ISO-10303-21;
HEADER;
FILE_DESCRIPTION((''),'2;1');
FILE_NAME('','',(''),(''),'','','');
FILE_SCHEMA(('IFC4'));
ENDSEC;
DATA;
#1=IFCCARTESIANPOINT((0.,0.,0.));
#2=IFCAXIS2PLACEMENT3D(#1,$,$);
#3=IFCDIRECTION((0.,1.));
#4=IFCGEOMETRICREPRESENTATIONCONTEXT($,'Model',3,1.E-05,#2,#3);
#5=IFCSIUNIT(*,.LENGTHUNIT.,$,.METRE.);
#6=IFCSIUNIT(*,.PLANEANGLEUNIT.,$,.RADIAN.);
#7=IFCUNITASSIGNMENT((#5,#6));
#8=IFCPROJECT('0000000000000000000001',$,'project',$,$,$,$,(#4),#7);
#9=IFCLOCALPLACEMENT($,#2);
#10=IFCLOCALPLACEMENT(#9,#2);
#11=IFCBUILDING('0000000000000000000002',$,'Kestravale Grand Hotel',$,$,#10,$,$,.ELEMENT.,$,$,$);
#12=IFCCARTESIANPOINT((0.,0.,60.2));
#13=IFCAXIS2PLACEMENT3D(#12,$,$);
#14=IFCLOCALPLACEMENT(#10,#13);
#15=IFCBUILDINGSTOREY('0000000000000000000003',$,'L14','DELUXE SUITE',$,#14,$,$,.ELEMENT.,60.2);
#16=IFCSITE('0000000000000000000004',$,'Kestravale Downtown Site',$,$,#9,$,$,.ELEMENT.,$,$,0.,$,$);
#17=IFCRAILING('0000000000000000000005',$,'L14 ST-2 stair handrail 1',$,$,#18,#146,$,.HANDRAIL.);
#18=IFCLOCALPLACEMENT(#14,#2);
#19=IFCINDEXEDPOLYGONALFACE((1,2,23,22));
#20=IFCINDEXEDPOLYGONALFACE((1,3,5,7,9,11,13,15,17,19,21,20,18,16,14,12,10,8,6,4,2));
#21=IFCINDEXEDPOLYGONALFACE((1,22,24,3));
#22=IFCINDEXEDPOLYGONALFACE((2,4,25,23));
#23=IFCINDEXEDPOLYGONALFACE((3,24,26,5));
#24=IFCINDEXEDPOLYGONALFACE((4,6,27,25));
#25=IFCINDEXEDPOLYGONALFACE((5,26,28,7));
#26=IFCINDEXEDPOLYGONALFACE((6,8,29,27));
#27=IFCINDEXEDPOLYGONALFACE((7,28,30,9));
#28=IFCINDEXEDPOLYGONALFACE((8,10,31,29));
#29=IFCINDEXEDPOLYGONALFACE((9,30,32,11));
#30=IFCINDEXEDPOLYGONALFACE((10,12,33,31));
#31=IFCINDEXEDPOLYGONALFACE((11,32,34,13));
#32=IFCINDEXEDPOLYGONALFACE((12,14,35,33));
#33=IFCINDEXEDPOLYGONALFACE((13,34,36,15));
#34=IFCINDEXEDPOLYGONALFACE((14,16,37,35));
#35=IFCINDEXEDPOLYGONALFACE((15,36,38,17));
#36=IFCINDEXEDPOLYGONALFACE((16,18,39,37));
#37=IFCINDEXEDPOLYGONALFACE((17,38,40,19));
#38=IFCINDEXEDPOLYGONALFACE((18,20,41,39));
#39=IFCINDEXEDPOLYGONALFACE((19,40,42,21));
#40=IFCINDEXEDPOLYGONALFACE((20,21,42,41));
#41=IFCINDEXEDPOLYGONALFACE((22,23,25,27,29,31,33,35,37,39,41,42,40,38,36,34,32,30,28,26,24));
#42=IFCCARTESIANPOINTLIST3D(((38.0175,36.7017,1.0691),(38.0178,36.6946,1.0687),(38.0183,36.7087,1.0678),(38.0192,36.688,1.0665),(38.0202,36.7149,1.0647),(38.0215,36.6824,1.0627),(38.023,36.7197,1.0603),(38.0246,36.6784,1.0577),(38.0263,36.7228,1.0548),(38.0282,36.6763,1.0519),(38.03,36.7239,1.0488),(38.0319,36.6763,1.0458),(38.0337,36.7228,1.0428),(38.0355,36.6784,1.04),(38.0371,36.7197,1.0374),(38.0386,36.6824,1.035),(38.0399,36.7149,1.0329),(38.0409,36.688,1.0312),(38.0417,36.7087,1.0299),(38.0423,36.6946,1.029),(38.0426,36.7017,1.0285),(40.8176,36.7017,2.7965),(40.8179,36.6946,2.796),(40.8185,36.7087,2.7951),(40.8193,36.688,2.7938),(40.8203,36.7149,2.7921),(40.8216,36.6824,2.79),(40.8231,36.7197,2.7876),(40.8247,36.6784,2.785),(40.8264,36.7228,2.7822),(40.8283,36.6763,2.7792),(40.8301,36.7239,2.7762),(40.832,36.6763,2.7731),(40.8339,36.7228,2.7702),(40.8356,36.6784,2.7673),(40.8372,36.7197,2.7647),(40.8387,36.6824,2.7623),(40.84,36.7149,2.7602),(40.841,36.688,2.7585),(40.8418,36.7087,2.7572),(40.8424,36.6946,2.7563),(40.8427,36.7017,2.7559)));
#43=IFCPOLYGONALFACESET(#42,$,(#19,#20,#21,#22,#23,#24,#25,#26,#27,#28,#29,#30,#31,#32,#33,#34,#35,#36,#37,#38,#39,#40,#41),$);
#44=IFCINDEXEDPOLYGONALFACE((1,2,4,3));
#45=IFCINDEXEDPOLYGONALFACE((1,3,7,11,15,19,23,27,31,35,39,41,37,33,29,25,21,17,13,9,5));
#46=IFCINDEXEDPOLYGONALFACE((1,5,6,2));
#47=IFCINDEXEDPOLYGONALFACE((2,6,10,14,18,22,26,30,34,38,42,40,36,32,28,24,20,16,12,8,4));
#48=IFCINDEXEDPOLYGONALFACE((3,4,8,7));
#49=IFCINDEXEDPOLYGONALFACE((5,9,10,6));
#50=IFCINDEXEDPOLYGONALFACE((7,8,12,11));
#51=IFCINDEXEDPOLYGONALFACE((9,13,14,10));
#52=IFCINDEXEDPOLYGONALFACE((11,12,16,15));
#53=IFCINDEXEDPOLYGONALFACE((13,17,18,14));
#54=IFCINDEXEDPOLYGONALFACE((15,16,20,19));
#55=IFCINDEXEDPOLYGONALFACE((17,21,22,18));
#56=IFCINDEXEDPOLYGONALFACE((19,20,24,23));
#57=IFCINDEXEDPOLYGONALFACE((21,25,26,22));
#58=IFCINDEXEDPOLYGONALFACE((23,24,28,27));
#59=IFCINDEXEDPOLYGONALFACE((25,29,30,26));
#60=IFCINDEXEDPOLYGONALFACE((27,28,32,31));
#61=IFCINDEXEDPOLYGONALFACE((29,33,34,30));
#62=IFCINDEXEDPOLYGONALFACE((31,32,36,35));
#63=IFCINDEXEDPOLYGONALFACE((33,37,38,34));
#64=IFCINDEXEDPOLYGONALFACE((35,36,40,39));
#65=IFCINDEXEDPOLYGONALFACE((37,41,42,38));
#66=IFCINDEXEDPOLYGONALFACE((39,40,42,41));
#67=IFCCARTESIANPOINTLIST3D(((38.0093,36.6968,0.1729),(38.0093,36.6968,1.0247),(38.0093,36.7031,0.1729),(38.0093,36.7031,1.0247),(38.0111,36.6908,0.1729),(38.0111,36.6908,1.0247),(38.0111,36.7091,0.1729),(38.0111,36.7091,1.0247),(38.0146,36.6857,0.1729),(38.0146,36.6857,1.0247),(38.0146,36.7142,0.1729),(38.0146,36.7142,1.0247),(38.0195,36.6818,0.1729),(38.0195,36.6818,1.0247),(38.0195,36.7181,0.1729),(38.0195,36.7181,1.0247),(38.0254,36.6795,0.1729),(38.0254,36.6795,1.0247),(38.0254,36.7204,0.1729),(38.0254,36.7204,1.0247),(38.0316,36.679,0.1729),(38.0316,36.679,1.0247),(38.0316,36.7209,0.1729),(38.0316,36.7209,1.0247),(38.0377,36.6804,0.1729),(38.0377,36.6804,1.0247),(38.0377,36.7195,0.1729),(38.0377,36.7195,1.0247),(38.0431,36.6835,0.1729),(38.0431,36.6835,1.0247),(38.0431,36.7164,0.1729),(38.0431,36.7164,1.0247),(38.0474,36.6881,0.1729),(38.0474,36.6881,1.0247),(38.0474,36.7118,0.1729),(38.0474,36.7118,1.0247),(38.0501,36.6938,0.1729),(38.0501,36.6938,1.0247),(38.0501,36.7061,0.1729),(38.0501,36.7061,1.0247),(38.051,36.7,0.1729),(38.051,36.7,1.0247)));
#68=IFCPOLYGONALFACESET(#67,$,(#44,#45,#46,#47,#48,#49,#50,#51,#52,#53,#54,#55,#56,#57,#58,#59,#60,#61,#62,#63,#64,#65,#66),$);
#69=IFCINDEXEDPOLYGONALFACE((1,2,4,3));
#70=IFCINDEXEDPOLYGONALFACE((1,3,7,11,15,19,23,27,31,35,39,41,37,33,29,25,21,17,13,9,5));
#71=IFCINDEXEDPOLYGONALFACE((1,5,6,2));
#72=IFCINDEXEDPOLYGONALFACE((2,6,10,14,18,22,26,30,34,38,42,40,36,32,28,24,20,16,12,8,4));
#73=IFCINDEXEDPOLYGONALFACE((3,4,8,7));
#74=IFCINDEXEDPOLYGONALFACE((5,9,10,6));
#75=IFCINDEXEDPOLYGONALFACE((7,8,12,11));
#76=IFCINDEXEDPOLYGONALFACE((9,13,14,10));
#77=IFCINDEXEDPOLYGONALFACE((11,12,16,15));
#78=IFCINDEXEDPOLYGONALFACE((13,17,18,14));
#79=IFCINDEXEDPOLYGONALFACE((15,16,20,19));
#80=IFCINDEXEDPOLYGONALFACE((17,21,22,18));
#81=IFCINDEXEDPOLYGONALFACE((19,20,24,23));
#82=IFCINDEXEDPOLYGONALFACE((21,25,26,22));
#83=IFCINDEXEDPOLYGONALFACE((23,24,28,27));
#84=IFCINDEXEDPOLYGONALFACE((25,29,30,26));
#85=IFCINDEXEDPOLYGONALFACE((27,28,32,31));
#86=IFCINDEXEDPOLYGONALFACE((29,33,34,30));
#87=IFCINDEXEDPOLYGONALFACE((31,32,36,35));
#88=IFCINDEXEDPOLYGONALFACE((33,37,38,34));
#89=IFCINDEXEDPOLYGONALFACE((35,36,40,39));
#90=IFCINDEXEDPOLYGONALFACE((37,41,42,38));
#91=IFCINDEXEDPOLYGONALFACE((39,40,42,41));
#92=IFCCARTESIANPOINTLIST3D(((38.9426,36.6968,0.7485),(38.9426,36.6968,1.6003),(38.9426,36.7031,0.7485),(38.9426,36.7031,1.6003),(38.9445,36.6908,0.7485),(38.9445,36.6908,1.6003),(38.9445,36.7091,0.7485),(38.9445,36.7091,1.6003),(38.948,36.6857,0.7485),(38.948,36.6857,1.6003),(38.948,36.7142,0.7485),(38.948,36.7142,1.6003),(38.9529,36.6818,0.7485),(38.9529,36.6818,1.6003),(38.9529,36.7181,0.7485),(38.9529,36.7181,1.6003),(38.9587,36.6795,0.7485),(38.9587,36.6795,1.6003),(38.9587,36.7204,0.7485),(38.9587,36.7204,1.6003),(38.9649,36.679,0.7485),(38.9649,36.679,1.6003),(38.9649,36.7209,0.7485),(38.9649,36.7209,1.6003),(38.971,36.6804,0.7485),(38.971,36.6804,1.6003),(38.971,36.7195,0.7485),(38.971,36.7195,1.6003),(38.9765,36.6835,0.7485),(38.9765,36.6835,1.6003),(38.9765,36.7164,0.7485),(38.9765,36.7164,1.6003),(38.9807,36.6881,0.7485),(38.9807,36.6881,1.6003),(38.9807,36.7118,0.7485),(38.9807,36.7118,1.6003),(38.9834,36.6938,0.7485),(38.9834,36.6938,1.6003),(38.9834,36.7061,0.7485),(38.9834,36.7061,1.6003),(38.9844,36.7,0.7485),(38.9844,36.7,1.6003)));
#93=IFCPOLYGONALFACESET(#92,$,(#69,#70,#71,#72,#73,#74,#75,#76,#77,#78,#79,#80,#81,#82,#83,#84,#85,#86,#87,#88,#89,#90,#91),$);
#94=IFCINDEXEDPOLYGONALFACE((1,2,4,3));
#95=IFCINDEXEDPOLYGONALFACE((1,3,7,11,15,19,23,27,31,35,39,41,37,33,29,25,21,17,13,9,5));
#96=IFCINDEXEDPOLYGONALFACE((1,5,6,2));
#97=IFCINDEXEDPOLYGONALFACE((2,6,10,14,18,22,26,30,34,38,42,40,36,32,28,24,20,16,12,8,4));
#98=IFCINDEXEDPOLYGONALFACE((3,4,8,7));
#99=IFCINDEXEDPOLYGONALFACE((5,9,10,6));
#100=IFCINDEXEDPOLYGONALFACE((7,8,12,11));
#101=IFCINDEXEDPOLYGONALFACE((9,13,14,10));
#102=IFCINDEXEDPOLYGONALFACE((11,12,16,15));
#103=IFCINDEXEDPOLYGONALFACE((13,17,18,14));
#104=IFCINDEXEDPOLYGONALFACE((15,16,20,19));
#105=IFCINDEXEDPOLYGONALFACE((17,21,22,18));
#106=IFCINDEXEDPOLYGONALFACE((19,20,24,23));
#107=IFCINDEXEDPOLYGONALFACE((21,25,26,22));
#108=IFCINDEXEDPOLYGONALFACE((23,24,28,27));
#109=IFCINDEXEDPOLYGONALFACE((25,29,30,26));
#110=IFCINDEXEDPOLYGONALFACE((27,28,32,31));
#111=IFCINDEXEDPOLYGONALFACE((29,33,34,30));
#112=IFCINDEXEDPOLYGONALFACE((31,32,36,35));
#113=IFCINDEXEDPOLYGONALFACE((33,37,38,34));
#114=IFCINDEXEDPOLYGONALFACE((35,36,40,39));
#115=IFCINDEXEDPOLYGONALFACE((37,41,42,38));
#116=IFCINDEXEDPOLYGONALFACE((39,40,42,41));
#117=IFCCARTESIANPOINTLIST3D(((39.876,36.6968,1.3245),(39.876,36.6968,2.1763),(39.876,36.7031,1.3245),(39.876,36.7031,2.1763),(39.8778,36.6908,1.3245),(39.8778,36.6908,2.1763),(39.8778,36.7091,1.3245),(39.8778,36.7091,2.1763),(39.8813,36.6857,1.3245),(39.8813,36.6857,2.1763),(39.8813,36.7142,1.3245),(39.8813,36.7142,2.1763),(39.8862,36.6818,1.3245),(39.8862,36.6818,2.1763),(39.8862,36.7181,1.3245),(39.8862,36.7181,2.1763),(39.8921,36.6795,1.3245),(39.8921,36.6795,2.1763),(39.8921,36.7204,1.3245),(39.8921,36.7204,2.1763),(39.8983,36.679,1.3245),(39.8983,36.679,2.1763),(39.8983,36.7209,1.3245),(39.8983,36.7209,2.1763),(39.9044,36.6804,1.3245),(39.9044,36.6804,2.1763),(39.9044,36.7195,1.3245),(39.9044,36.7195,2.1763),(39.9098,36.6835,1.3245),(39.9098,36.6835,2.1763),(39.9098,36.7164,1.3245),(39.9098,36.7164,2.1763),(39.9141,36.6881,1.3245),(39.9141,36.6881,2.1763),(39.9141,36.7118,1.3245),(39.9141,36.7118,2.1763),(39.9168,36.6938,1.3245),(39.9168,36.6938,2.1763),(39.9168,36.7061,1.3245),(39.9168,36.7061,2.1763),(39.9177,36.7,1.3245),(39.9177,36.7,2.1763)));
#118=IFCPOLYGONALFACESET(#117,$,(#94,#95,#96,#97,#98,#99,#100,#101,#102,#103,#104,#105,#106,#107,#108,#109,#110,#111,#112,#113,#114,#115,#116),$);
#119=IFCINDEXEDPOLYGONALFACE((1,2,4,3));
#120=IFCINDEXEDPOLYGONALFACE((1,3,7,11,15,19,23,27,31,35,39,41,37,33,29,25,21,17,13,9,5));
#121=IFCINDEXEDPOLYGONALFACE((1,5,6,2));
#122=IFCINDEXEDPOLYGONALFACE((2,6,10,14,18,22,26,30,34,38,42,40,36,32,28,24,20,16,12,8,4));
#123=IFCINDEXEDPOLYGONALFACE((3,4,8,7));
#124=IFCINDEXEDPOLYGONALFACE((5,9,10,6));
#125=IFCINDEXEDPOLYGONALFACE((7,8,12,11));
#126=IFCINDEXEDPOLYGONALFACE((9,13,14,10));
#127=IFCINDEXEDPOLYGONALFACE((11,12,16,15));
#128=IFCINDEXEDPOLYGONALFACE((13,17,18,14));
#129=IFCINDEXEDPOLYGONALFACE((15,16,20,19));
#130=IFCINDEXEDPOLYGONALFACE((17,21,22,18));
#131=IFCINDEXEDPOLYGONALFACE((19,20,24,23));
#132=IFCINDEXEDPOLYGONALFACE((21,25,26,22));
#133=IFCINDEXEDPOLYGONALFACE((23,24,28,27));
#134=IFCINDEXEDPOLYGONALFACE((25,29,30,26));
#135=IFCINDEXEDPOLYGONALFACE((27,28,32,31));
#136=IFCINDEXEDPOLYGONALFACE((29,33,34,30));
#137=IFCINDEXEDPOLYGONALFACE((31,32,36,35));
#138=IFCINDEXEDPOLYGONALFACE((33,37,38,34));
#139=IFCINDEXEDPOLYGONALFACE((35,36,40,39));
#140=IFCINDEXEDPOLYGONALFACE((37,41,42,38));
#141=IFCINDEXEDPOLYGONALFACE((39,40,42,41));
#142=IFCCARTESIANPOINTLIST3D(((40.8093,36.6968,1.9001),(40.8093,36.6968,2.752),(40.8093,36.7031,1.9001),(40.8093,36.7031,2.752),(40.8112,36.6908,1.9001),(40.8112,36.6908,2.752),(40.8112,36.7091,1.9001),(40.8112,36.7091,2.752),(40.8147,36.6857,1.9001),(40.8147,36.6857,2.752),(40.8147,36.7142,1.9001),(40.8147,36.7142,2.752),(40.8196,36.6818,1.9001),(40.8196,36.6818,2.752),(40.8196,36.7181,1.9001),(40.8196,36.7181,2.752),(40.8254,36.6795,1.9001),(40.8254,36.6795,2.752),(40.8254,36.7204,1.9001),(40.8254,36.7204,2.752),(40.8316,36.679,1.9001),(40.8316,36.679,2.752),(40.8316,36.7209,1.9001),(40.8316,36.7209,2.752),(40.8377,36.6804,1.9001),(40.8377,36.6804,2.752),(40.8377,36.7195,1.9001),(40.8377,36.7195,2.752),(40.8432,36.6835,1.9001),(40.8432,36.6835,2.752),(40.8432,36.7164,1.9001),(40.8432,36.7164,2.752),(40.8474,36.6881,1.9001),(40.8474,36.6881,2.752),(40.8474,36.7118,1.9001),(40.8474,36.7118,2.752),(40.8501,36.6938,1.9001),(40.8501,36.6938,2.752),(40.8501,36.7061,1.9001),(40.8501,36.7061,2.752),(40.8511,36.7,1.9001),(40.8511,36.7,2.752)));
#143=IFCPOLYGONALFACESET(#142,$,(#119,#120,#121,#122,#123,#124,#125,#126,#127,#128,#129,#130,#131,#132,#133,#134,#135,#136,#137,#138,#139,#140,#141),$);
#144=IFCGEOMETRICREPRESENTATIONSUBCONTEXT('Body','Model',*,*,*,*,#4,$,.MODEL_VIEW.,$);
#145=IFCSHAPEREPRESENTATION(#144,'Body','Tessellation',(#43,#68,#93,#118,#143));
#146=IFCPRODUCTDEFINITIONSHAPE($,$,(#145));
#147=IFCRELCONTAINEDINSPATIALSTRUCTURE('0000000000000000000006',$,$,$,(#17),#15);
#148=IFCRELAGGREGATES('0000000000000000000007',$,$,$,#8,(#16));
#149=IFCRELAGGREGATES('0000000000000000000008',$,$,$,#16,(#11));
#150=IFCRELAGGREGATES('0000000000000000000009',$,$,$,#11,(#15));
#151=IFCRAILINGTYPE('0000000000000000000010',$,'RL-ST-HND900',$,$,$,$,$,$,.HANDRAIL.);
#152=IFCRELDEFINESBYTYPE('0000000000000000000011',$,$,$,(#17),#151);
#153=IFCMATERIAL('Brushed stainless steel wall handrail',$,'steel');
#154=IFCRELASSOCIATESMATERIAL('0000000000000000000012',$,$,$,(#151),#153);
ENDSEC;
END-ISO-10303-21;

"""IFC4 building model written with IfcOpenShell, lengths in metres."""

from ifc_helpers import new_model, si_unit, direction, frame, origin, origin_2d, place, context, subcontext, project, spatial, circle, extrude, material, type_object, element, save


model = new_model("IFC4")

# Units and contexts
model_context = context("Model", 3, precision=1e-05, world=origin(), true_north=direction((0.0, 1.0)))
body_context = subcontext(model_context, "Body", "Model", "MODEL_VIEW")
ifc_project = project(units=[si_unit("LENGTHUNIT", "METRE"), si_unit("PLANEANGLEUNIT", "RADIAN")], contexts=[model_context])

# Site, building, storey
site_placement = place(None, origin())
site = spatial("IfcSite", under=ifc_project, at=site_placement, Name="Kestravale Downtown Site", CompositionType="ELEMENT", RefElevation=0.0)
building_placement = place(site_placement, origin())
building = spatial("IfcBuilding", under=site, at=building_placement, Name="Kestravale Grand Hotel", CompositionType="ELEMENT")
storey_placement = place(building_placement, frame((0.0, 0.0, 60.2)))
storey = spatial("IfcBuildingStorey", under=building, at=storey_placement, Name="L14", Description="DELUXE SUITE", CompositionType="ELEMENT", Elevation=60.2)

# Railing
ifc_material_1 = material(Name="Brushed stainless steel wall handrail", Category="steel")
railing_type_1 = type_object("IfcRailingType", Name="RL-ST-HND900", PredefinedType="HANDRAIL", material=ifc_material_1)
railing_1_placement = place(storey_placement, frame((38.03, 36.7, 0.1729)))
element("IfcRailing", 1, at=railing_1_placement, inside=storey, type_object=railing_type_1, Name="L14 ST-2 stair handrail 1", PredefinedType="HANDRAIL", context=body_context, shape_type="SweptSolid", body=[
    extrude(circle(Radius=0.0239, at=origin_2d()), frame((0.0, 0.0, 0.876), z_axis=(0.85109, 0.0, 0.52502), x_axis=(0.0, 1.0, 0.0)), (0.0, 0.0, 1.0), 3.29),
    extrude(circle(Radius=0.021, at=origin_2d()), origin(), (0.0, 0.0, 1.0), 0.8518),
    extrude(circle(Radius=0.021, at=origin_2d()), frame((0.9333, 0.0, 0.5757)), (0.0, 0.0, 1.0), 0.8518),
    extrude(circle(Radius=0.021, at=origin_2d()), frame((1.8667, 0.0, 1.1516)), (0.0, 0.0, 1.0), 0.8518),
    extrude(circle(Radius=0.021, at=origin_2d()), frame((2.8, 0.0, 1.7273)), (0.0, 0.0, 1.0), 0.8518),
])

save(model, "model.ifc")
